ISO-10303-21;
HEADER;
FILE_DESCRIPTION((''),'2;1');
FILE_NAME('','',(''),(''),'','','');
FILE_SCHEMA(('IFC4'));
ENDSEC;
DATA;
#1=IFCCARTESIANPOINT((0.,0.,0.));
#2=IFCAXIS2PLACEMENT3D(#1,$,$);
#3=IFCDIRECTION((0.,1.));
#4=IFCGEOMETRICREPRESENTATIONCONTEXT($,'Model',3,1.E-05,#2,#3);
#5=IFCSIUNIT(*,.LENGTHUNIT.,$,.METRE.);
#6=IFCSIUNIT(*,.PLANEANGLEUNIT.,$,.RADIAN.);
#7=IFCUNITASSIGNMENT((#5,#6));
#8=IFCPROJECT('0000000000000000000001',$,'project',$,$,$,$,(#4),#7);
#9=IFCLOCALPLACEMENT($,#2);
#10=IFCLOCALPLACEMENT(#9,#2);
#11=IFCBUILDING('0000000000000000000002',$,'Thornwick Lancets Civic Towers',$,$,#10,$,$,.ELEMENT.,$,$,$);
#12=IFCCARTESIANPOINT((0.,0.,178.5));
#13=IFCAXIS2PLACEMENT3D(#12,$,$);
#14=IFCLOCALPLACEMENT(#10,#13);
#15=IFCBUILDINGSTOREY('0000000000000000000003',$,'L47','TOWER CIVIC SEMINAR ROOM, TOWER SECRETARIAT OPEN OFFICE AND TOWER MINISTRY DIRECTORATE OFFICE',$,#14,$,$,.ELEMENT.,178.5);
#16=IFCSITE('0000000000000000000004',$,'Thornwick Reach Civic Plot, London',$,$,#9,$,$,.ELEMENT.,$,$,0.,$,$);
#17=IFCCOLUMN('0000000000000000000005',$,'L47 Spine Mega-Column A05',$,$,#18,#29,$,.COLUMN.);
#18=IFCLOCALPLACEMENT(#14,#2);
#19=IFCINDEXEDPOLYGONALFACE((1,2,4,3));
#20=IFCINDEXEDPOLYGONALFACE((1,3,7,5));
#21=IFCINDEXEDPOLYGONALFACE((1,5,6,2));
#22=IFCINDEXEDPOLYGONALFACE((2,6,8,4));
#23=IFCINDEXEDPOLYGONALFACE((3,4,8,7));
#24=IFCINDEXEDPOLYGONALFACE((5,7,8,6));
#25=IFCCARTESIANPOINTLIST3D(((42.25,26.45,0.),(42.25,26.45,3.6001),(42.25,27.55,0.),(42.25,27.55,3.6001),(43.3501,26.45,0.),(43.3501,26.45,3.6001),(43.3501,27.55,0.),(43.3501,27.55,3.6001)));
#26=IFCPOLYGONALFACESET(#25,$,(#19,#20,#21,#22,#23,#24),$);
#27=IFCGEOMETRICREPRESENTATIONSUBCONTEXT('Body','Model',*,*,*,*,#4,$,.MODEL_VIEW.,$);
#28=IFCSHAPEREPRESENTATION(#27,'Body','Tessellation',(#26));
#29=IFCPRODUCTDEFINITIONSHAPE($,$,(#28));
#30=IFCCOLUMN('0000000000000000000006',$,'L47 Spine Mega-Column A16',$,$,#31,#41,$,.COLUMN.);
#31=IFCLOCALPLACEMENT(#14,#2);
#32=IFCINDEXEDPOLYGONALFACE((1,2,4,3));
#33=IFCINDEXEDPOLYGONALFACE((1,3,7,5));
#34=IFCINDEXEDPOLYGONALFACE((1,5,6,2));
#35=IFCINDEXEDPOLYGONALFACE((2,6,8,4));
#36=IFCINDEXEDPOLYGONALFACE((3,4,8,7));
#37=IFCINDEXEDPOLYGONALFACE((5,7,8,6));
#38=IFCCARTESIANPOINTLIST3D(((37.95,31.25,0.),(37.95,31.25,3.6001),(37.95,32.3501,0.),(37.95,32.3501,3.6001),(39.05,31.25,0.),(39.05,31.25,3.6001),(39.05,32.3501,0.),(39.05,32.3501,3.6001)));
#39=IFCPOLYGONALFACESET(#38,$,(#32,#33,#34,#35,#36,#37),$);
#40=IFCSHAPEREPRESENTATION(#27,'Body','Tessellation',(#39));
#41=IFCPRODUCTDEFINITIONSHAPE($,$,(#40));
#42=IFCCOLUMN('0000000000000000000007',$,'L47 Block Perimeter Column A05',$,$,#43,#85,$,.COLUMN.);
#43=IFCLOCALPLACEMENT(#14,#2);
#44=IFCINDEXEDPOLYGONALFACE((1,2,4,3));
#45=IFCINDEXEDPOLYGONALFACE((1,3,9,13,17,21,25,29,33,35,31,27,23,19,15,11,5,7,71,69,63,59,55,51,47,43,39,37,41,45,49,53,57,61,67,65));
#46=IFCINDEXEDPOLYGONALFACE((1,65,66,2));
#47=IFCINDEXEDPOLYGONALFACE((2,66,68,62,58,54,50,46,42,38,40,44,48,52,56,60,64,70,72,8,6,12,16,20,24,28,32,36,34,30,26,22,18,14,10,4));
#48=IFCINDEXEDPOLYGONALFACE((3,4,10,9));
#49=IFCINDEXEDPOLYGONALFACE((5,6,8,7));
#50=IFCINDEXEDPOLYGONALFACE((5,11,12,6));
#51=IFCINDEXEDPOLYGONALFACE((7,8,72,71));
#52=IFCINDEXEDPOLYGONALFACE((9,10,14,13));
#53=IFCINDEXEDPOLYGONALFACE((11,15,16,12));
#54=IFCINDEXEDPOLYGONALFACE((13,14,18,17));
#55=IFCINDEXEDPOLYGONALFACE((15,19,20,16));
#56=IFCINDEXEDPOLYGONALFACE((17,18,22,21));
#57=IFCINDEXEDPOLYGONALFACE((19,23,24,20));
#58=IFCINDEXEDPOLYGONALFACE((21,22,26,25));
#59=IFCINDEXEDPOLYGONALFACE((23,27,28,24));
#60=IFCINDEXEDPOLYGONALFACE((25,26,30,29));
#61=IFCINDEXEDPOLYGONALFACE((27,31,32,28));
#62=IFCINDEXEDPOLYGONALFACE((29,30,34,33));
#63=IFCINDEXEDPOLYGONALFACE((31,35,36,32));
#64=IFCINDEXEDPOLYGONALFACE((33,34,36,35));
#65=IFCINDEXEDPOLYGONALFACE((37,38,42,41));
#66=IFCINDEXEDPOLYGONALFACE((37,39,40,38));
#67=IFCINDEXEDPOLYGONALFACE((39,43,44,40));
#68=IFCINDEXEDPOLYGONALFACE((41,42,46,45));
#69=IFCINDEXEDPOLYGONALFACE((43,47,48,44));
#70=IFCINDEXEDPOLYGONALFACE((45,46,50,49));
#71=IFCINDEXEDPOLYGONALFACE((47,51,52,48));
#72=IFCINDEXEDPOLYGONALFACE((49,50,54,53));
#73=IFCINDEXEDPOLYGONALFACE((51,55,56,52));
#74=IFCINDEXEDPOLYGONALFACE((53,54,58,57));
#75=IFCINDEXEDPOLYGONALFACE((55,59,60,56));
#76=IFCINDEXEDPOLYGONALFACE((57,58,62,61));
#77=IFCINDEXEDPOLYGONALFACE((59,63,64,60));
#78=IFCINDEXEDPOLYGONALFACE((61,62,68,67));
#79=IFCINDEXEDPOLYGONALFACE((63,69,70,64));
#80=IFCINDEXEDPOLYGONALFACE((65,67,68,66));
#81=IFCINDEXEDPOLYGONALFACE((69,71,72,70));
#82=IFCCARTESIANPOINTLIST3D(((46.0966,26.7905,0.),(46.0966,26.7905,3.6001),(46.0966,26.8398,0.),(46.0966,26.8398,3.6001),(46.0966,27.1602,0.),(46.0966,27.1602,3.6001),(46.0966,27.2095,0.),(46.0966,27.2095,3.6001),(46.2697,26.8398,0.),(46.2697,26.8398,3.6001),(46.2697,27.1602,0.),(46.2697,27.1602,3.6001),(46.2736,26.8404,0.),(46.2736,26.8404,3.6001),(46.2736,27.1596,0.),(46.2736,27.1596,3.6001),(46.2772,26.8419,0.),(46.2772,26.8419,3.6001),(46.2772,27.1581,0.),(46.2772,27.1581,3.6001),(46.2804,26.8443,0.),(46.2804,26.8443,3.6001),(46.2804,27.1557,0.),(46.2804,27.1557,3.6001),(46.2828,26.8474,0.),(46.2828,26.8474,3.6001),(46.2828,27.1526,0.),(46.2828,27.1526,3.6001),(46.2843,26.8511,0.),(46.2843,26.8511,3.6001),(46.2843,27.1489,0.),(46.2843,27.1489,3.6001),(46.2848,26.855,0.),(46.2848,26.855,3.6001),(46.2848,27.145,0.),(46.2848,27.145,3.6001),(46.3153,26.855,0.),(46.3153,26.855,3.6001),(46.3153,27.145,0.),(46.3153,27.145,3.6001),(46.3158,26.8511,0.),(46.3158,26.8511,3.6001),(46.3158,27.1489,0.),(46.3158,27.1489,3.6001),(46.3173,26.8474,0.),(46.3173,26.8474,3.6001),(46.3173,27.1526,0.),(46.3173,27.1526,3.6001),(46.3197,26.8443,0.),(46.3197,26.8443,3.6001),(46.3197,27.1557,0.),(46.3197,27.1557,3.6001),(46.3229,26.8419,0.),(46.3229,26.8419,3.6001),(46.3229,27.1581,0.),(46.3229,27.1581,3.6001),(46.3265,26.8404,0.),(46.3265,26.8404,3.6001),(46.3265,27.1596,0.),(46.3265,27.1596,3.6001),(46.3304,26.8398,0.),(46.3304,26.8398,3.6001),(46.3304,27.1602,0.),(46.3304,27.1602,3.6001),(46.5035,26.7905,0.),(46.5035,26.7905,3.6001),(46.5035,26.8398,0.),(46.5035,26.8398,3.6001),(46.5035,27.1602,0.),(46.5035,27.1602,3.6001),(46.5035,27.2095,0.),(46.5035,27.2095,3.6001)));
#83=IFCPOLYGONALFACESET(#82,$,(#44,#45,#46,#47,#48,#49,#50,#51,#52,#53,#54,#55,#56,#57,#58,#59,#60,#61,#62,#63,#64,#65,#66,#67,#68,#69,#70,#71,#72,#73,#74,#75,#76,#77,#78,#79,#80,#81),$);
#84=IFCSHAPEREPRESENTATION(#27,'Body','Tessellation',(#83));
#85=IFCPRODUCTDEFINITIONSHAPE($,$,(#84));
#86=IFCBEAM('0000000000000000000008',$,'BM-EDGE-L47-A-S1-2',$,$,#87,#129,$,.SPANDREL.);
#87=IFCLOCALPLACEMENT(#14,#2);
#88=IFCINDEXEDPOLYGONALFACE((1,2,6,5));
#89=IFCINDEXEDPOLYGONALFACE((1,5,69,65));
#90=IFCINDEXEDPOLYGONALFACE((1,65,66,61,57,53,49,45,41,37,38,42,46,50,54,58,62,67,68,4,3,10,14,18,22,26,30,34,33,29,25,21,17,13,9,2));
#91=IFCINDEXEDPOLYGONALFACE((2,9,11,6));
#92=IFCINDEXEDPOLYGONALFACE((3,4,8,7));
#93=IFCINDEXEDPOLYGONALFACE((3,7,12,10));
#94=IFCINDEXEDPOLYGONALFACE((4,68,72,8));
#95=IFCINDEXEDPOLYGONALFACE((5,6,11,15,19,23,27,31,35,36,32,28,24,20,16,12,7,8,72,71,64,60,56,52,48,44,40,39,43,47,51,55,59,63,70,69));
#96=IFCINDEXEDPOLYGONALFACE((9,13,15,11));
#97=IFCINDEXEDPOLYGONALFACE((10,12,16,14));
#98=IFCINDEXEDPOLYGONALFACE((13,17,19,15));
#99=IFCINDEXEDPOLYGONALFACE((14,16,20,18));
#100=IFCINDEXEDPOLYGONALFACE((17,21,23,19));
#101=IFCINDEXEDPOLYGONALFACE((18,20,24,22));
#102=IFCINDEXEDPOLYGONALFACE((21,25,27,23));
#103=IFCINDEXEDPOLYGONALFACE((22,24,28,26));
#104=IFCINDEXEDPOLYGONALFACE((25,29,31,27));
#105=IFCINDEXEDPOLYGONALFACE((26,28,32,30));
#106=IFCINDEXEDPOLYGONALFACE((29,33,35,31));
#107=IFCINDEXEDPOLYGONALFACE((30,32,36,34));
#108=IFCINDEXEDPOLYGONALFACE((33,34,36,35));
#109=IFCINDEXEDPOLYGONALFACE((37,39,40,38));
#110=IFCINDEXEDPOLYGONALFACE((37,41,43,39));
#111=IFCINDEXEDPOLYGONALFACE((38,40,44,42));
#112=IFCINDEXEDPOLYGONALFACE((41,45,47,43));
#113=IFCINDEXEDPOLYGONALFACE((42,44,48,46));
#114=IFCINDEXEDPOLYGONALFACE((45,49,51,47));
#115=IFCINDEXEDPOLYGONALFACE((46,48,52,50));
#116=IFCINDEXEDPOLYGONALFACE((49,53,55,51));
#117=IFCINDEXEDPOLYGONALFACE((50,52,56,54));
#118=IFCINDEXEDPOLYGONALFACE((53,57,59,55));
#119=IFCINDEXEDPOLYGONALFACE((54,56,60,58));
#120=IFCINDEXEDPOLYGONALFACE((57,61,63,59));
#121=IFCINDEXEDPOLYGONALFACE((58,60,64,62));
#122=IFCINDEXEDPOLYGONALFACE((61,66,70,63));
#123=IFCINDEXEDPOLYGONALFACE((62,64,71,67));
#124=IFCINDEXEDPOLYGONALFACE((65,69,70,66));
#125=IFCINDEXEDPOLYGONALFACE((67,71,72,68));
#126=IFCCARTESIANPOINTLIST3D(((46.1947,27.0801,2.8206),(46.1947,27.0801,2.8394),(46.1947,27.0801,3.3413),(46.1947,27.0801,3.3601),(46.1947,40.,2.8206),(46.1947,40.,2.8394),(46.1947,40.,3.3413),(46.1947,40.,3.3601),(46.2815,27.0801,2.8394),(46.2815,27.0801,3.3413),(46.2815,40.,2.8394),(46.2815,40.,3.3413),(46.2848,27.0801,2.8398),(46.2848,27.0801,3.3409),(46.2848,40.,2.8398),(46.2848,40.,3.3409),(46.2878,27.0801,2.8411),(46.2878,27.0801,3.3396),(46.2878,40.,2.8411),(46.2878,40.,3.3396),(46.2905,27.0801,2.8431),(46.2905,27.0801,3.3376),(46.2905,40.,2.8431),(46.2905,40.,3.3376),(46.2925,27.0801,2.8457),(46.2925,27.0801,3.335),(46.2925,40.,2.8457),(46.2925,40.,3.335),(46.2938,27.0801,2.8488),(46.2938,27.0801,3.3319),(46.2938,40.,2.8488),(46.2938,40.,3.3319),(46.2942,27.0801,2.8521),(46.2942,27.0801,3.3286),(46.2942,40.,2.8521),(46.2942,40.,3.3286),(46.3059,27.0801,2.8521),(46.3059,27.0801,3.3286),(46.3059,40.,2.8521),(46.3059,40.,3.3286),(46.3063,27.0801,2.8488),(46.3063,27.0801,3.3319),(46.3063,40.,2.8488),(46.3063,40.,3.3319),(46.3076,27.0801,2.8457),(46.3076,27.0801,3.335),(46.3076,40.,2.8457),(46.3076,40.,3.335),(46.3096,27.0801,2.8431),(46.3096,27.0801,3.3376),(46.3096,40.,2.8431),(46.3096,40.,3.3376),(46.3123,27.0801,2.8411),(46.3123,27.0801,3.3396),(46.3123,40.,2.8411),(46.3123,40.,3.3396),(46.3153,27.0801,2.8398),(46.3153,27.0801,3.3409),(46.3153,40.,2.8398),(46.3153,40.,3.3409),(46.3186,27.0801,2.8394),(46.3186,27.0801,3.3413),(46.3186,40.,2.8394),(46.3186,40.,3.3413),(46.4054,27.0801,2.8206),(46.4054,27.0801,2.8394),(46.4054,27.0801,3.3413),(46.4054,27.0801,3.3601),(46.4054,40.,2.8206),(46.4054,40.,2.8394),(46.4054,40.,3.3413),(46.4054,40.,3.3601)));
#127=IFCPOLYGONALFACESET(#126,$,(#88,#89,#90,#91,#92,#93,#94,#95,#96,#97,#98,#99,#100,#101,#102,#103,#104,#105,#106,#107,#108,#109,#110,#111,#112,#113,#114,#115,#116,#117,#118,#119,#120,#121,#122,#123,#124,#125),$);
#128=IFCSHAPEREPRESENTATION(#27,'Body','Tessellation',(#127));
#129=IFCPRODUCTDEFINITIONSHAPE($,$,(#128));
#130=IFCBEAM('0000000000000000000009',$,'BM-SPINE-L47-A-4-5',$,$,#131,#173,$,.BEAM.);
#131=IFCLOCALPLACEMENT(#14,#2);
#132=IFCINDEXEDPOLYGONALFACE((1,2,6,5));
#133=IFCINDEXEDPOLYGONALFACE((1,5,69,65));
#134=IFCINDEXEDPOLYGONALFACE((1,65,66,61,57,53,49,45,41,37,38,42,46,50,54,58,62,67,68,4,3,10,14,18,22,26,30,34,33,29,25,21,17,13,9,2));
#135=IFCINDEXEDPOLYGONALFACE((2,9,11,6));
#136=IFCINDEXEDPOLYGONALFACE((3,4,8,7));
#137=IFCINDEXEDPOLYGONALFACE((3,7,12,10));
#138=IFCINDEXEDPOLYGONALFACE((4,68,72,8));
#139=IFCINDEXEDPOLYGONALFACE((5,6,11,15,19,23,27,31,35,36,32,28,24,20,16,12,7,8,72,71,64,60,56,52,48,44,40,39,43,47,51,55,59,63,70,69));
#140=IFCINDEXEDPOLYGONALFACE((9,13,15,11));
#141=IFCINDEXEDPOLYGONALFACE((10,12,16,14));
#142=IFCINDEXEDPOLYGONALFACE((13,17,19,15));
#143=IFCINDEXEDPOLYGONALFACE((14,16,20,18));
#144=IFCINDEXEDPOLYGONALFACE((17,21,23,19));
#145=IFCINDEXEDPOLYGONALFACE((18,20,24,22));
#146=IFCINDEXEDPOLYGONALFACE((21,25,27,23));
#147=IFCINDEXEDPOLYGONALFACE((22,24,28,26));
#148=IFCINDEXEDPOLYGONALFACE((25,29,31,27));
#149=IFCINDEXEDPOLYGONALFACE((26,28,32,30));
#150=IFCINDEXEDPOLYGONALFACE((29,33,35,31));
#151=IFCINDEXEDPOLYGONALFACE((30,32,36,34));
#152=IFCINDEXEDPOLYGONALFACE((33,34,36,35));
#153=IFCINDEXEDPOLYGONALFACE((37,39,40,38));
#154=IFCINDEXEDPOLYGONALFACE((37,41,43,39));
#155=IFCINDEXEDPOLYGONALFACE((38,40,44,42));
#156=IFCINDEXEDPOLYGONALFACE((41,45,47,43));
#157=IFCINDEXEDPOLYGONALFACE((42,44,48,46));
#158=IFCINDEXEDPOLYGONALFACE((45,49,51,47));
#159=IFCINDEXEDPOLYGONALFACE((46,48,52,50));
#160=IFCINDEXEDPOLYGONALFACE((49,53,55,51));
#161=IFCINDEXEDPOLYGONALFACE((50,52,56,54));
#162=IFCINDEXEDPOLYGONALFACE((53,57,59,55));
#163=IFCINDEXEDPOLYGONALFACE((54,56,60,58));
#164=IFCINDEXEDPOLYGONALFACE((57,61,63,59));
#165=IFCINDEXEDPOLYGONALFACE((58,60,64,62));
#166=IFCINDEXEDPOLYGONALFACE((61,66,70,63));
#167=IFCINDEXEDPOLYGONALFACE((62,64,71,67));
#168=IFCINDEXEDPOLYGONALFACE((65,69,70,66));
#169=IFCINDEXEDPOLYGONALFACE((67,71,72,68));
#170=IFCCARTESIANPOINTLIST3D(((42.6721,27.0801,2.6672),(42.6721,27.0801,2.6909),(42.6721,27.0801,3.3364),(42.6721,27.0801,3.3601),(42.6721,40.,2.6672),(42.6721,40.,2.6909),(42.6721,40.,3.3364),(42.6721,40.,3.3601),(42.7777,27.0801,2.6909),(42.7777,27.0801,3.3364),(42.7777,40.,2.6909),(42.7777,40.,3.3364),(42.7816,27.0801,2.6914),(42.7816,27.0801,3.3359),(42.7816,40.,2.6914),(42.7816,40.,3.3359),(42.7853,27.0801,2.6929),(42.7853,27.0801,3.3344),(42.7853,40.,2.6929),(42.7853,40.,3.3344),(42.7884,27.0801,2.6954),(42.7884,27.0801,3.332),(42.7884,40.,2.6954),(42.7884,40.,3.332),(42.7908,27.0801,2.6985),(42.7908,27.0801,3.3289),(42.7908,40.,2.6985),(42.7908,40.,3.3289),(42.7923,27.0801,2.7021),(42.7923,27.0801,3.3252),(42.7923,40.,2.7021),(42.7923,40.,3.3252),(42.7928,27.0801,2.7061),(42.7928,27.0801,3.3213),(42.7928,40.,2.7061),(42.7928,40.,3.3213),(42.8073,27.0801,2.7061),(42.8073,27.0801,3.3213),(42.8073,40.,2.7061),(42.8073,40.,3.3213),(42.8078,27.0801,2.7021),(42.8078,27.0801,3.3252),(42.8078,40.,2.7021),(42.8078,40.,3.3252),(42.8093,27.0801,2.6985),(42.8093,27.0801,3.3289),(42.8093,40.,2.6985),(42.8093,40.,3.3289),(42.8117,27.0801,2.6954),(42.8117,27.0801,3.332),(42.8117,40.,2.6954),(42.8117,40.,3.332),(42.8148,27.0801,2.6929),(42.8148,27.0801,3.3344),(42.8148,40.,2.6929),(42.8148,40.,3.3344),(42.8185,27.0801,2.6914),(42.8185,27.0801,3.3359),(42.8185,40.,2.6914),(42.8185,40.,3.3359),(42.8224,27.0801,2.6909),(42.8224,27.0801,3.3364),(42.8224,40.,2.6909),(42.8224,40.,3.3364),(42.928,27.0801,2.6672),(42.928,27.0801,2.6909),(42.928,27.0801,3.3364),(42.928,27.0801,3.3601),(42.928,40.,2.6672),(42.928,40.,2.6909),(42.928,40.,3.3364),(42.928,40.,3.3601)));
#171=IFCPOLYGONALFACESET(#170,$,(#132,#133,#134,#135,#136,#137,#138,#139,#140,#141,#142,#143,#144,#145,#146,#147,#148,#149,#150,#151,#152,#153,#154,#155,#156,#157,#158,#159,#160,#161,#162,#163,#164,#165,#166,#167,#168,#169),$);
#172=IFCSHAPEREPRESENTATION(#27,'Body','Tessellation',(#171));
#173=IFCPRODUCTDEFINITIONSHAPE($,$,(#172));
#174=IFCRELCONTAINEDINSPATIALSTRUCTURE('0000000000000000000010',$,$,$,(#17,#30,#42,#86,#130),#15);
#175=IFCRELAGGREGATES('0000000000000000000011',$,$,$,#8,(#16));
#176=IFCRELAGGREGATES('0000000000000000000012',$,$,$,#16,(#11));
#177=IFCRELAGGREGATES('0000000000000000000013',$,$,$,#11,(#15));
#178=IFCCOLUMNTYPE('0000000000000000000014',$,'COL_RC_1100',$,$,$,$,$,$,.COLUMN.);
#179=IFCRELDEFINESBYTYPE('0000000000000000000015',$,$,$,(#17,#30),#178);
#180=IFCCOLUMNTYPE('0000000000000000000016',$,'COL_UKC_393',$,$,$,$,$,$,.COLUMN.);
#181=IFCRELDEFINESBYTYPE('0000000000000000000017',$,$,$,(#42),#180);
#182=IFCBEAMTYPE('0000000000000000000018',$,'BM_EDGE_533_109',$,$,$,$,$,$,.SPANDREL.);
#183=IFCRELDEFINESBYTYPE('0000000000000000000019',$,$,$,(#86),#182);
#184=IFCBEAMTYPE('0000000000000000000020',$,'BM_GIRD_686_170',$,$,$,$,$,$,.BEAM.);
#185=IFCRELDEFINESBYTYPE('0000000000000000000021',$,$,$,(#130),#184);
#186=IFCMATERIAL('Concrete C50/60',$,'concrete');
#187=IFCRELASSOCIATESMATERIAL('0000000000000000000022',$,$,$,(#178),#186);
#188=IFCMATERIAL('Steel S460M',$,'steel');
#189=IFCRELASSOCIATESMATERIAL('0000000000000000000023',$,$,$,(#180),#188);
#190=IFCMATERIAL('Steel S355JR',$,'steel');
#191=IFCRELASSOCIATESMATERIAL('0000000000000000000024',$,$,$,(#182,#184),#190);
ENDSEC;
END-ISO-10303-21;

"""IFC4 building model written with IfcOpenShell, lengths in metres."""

from ifc_helpers import new_model, si_unit, direction, frame, origin, origin_2d, place, context, subcontext, project, spatial, rectangle, i_section, extrude, material, material_profile, profile_set, type_object, element, save


model = new_model("IFC4")

# Units and contexts
model_context = context("Model", 3, precision=1e-05, world=origin(), true_north=direction((0.0, 1.0)))
body_context = subcontext(model_context, "Body", "Model", "MODEL_VIEW")
ifc_project = project(units=[si_unit("LENGTHUNIT", "METRE"), si_unit("PLANEANGLEUNIT", "RADIAN")], contexts=[model_context])

# Site, building, storey
site_placement = place(None, origin())
site = spatial("IfcSite", under=ifc_project, at=site_placement, Name="Thornwick Reach Civic Plot, London", CompositionType="ELEMENT", RefElevation=0.0)
building_placement = place(site_placement, origin())
building = spatial("IfcBuilding", under=site, at=building_placement, Name="Thornwick Lancets Civic Towers", CompositionType="ELEMENT")
storey_placement = place(building_placement, frame((0.0, 0.0, 178.5)))
storey = spatial("IfcBuildingStorey", under=building, at=storey_placement, Name="L47", Description="TOWER CIVIC SEMINAR ROOM, TOWER SECRETARIAT OPEN OFFICE AND TOWER MINISTRY DIRECTORATE OFFICE", CompositionType="ELEMENT", Elevation=178.5)

# Columns
ifc_material_1 = material(Name="Concrete C50/60", Category="concrete")
ifc_material_profile_1 = material_profile(ifc_material_1, rectangle(XDim=1.1001, YDim=1.1001, at=origin_2d()), Name="RC 1100x1100")
ifc_profile_set_1 = profile_set([ifc_material_profile_1], Name="Concrete C50/60")
column_type_1 = type_object("IfcColumnType", Name="COL_RC_1100", PredefinedType="COLUMN", material=ifc_profile_set_1)
for number, where, z_axis, x_axis, name in (
    (1, (42.8, 27.0, 0.0), (0.0, 0.0, 1.0), (1.0, 0.0, 0.0), "L47 Spine Mega-Column A05"),
    (2, (38.5, 31.8, 0.0), (0.0, 0.0, 1.0), (1.0, 0.0, 0.0), "L47 Spine Mega-Column A16"),
):
    element("IfcColumn", number, at=place(storey_placement, frame(where, z_axis=z_axis, x_axis=x_axis)), inside=storey, type_object=column_type_1, Name=name, PredefinedType="COLUMN", context=body_context, shape_type="SweptSolid", body=[
        extrude(rectangle(XDim=1.1001, YDim=1.1001, at=origin_2d()), origin(), (0.0, 0.0, 1.0), 3.6001),
    ])
ifc_material_2 = material(Name="Steel S460M", Category="steel")
ifc_material_profile_2 = material_profile(ifc_material_2, i_section(OverallWidth=0.407, OverallDepth=0.4189, WebThickness=0.0305, FlangeThickness=0.0493, FilletRadius=0.0151, at=origin_2d()), Name="UKC 356x406x393")
ifc_profile_set_2 = profile_set([ifc_material_profile_2], Name="Steel S460M")
column_type_2 = type_object("IfcColumnType", Name="COL_UKC_393", PredefinedType="COLUMN", material=ifc_profile_set_2)
column_placement = place(storey_placement, frame((46.3, 27.0, 0.0), z_axis=(0.0, 0.0, 1.0), x_axis=(1.0, 0.0, 0.0)))
element("IfcColumn", 3, at=column_placement, inside=storey, type_object=column_type_2, Name="L47 Block Perimeter Column A05", PredefinedType="COLUMN", context=body_context, shape_type="SweptSolid", body=[
    extrude(i_section(OverallWidth=0.407, OverallDepth=0.4189, WebThickness=0.0305, FlangeThickness=0.0493, FilletRadius=0.0151, at=origin_2d()), origin(), (0.0, 0.0, 1.0), 3.6001),
])

# Beams
ifc_material_3 = material(Name="Steel S355JR", Category="steel")
ifc_material_profile_3 = material_profile(ifc_material_3, i_section(OverallWidth=0.2107, OverallDepth=0.5396, WebThickness=0.0117, FlangeThickness=0.0188, FilletRadius=0.0127, at=origin_2d()), Name="UKB 533x210x109")
ifc_profile_set_3 = profile_set([ifc_material_profile_3], Name="Steel S355JR")
beam_type_1 = type_object("IfcBeamType", Name="BM_EDGE_533_109", PredefinedType="SPANDREL", material=ifc_profile_set_3)
beam_1_placement = place(storey_placement, frame((46.3, 27.0801, 3.0903), z_axis=(0.0, 1.0, 0.0), x_axis=(-1.0, 0.0, 0.0)))
element("IfcBeam", 4, at=beam_1_placement, inside=storey, type_object=beam_type_1, Name="BM-EDGE-L47-A-S1-2", PredefinedType="SPANDREL", context=body_context, shape_type="SweptSolid", body=[
    extrude(i_section(OverallWidth=0.2107, OverallDepth=0.5396, WebThickness=0.0117, FlangeThickness=0.0188, FilletRadius=0.0127, at=origin_2d()), origin(), (0.0, 0.0, 1.0), 12.9199),
])
ifc_material_profile_4 = material_profile(ifc_material_3, i_section(OverallWidth=0.2559, OverallDepth=0.6929, WebThickness=0.0144, FlangeThickness=0.0237, FilletRadius=0.0151, at=origin_2d()), Name="UKB 686x254x170")
ifc_profile_set_4 = profile_set([ifc_material_profile_4], Name="Steel S355JR")
beam_type_2 = type_object("IfcBeamType", Name="BM_GIRD_686_170", PredefinedType="BEAM", material=ifc_profile_set_4)
beam_2_placement = place(storey_placement, frame((42.8, 27.0801, 3.0137), z_axis=(0.0, 1.0, 0.0), x_axis=(-1.0, 0.0, 0.0)))
element("IfcBeam", 5, at=beam_2_placement, inside=storey, type_object=beam_type_2, Name="BM-SPINE-L47-A-4-5", PredefinedType="BEAM", context=body_context, shape_type="SweptSolid", body=[
    extrude(i_section(OverallWidth=0.2559, OverallDepth=0.6929, WebThickness=0.0144, FlangeThickness=0.0237, FilletRadius=0.0151, at=origin_2d()), origin(), (0.0, 0.0, 1.0), 12.9199),
])

save(model, "model.ifc")
